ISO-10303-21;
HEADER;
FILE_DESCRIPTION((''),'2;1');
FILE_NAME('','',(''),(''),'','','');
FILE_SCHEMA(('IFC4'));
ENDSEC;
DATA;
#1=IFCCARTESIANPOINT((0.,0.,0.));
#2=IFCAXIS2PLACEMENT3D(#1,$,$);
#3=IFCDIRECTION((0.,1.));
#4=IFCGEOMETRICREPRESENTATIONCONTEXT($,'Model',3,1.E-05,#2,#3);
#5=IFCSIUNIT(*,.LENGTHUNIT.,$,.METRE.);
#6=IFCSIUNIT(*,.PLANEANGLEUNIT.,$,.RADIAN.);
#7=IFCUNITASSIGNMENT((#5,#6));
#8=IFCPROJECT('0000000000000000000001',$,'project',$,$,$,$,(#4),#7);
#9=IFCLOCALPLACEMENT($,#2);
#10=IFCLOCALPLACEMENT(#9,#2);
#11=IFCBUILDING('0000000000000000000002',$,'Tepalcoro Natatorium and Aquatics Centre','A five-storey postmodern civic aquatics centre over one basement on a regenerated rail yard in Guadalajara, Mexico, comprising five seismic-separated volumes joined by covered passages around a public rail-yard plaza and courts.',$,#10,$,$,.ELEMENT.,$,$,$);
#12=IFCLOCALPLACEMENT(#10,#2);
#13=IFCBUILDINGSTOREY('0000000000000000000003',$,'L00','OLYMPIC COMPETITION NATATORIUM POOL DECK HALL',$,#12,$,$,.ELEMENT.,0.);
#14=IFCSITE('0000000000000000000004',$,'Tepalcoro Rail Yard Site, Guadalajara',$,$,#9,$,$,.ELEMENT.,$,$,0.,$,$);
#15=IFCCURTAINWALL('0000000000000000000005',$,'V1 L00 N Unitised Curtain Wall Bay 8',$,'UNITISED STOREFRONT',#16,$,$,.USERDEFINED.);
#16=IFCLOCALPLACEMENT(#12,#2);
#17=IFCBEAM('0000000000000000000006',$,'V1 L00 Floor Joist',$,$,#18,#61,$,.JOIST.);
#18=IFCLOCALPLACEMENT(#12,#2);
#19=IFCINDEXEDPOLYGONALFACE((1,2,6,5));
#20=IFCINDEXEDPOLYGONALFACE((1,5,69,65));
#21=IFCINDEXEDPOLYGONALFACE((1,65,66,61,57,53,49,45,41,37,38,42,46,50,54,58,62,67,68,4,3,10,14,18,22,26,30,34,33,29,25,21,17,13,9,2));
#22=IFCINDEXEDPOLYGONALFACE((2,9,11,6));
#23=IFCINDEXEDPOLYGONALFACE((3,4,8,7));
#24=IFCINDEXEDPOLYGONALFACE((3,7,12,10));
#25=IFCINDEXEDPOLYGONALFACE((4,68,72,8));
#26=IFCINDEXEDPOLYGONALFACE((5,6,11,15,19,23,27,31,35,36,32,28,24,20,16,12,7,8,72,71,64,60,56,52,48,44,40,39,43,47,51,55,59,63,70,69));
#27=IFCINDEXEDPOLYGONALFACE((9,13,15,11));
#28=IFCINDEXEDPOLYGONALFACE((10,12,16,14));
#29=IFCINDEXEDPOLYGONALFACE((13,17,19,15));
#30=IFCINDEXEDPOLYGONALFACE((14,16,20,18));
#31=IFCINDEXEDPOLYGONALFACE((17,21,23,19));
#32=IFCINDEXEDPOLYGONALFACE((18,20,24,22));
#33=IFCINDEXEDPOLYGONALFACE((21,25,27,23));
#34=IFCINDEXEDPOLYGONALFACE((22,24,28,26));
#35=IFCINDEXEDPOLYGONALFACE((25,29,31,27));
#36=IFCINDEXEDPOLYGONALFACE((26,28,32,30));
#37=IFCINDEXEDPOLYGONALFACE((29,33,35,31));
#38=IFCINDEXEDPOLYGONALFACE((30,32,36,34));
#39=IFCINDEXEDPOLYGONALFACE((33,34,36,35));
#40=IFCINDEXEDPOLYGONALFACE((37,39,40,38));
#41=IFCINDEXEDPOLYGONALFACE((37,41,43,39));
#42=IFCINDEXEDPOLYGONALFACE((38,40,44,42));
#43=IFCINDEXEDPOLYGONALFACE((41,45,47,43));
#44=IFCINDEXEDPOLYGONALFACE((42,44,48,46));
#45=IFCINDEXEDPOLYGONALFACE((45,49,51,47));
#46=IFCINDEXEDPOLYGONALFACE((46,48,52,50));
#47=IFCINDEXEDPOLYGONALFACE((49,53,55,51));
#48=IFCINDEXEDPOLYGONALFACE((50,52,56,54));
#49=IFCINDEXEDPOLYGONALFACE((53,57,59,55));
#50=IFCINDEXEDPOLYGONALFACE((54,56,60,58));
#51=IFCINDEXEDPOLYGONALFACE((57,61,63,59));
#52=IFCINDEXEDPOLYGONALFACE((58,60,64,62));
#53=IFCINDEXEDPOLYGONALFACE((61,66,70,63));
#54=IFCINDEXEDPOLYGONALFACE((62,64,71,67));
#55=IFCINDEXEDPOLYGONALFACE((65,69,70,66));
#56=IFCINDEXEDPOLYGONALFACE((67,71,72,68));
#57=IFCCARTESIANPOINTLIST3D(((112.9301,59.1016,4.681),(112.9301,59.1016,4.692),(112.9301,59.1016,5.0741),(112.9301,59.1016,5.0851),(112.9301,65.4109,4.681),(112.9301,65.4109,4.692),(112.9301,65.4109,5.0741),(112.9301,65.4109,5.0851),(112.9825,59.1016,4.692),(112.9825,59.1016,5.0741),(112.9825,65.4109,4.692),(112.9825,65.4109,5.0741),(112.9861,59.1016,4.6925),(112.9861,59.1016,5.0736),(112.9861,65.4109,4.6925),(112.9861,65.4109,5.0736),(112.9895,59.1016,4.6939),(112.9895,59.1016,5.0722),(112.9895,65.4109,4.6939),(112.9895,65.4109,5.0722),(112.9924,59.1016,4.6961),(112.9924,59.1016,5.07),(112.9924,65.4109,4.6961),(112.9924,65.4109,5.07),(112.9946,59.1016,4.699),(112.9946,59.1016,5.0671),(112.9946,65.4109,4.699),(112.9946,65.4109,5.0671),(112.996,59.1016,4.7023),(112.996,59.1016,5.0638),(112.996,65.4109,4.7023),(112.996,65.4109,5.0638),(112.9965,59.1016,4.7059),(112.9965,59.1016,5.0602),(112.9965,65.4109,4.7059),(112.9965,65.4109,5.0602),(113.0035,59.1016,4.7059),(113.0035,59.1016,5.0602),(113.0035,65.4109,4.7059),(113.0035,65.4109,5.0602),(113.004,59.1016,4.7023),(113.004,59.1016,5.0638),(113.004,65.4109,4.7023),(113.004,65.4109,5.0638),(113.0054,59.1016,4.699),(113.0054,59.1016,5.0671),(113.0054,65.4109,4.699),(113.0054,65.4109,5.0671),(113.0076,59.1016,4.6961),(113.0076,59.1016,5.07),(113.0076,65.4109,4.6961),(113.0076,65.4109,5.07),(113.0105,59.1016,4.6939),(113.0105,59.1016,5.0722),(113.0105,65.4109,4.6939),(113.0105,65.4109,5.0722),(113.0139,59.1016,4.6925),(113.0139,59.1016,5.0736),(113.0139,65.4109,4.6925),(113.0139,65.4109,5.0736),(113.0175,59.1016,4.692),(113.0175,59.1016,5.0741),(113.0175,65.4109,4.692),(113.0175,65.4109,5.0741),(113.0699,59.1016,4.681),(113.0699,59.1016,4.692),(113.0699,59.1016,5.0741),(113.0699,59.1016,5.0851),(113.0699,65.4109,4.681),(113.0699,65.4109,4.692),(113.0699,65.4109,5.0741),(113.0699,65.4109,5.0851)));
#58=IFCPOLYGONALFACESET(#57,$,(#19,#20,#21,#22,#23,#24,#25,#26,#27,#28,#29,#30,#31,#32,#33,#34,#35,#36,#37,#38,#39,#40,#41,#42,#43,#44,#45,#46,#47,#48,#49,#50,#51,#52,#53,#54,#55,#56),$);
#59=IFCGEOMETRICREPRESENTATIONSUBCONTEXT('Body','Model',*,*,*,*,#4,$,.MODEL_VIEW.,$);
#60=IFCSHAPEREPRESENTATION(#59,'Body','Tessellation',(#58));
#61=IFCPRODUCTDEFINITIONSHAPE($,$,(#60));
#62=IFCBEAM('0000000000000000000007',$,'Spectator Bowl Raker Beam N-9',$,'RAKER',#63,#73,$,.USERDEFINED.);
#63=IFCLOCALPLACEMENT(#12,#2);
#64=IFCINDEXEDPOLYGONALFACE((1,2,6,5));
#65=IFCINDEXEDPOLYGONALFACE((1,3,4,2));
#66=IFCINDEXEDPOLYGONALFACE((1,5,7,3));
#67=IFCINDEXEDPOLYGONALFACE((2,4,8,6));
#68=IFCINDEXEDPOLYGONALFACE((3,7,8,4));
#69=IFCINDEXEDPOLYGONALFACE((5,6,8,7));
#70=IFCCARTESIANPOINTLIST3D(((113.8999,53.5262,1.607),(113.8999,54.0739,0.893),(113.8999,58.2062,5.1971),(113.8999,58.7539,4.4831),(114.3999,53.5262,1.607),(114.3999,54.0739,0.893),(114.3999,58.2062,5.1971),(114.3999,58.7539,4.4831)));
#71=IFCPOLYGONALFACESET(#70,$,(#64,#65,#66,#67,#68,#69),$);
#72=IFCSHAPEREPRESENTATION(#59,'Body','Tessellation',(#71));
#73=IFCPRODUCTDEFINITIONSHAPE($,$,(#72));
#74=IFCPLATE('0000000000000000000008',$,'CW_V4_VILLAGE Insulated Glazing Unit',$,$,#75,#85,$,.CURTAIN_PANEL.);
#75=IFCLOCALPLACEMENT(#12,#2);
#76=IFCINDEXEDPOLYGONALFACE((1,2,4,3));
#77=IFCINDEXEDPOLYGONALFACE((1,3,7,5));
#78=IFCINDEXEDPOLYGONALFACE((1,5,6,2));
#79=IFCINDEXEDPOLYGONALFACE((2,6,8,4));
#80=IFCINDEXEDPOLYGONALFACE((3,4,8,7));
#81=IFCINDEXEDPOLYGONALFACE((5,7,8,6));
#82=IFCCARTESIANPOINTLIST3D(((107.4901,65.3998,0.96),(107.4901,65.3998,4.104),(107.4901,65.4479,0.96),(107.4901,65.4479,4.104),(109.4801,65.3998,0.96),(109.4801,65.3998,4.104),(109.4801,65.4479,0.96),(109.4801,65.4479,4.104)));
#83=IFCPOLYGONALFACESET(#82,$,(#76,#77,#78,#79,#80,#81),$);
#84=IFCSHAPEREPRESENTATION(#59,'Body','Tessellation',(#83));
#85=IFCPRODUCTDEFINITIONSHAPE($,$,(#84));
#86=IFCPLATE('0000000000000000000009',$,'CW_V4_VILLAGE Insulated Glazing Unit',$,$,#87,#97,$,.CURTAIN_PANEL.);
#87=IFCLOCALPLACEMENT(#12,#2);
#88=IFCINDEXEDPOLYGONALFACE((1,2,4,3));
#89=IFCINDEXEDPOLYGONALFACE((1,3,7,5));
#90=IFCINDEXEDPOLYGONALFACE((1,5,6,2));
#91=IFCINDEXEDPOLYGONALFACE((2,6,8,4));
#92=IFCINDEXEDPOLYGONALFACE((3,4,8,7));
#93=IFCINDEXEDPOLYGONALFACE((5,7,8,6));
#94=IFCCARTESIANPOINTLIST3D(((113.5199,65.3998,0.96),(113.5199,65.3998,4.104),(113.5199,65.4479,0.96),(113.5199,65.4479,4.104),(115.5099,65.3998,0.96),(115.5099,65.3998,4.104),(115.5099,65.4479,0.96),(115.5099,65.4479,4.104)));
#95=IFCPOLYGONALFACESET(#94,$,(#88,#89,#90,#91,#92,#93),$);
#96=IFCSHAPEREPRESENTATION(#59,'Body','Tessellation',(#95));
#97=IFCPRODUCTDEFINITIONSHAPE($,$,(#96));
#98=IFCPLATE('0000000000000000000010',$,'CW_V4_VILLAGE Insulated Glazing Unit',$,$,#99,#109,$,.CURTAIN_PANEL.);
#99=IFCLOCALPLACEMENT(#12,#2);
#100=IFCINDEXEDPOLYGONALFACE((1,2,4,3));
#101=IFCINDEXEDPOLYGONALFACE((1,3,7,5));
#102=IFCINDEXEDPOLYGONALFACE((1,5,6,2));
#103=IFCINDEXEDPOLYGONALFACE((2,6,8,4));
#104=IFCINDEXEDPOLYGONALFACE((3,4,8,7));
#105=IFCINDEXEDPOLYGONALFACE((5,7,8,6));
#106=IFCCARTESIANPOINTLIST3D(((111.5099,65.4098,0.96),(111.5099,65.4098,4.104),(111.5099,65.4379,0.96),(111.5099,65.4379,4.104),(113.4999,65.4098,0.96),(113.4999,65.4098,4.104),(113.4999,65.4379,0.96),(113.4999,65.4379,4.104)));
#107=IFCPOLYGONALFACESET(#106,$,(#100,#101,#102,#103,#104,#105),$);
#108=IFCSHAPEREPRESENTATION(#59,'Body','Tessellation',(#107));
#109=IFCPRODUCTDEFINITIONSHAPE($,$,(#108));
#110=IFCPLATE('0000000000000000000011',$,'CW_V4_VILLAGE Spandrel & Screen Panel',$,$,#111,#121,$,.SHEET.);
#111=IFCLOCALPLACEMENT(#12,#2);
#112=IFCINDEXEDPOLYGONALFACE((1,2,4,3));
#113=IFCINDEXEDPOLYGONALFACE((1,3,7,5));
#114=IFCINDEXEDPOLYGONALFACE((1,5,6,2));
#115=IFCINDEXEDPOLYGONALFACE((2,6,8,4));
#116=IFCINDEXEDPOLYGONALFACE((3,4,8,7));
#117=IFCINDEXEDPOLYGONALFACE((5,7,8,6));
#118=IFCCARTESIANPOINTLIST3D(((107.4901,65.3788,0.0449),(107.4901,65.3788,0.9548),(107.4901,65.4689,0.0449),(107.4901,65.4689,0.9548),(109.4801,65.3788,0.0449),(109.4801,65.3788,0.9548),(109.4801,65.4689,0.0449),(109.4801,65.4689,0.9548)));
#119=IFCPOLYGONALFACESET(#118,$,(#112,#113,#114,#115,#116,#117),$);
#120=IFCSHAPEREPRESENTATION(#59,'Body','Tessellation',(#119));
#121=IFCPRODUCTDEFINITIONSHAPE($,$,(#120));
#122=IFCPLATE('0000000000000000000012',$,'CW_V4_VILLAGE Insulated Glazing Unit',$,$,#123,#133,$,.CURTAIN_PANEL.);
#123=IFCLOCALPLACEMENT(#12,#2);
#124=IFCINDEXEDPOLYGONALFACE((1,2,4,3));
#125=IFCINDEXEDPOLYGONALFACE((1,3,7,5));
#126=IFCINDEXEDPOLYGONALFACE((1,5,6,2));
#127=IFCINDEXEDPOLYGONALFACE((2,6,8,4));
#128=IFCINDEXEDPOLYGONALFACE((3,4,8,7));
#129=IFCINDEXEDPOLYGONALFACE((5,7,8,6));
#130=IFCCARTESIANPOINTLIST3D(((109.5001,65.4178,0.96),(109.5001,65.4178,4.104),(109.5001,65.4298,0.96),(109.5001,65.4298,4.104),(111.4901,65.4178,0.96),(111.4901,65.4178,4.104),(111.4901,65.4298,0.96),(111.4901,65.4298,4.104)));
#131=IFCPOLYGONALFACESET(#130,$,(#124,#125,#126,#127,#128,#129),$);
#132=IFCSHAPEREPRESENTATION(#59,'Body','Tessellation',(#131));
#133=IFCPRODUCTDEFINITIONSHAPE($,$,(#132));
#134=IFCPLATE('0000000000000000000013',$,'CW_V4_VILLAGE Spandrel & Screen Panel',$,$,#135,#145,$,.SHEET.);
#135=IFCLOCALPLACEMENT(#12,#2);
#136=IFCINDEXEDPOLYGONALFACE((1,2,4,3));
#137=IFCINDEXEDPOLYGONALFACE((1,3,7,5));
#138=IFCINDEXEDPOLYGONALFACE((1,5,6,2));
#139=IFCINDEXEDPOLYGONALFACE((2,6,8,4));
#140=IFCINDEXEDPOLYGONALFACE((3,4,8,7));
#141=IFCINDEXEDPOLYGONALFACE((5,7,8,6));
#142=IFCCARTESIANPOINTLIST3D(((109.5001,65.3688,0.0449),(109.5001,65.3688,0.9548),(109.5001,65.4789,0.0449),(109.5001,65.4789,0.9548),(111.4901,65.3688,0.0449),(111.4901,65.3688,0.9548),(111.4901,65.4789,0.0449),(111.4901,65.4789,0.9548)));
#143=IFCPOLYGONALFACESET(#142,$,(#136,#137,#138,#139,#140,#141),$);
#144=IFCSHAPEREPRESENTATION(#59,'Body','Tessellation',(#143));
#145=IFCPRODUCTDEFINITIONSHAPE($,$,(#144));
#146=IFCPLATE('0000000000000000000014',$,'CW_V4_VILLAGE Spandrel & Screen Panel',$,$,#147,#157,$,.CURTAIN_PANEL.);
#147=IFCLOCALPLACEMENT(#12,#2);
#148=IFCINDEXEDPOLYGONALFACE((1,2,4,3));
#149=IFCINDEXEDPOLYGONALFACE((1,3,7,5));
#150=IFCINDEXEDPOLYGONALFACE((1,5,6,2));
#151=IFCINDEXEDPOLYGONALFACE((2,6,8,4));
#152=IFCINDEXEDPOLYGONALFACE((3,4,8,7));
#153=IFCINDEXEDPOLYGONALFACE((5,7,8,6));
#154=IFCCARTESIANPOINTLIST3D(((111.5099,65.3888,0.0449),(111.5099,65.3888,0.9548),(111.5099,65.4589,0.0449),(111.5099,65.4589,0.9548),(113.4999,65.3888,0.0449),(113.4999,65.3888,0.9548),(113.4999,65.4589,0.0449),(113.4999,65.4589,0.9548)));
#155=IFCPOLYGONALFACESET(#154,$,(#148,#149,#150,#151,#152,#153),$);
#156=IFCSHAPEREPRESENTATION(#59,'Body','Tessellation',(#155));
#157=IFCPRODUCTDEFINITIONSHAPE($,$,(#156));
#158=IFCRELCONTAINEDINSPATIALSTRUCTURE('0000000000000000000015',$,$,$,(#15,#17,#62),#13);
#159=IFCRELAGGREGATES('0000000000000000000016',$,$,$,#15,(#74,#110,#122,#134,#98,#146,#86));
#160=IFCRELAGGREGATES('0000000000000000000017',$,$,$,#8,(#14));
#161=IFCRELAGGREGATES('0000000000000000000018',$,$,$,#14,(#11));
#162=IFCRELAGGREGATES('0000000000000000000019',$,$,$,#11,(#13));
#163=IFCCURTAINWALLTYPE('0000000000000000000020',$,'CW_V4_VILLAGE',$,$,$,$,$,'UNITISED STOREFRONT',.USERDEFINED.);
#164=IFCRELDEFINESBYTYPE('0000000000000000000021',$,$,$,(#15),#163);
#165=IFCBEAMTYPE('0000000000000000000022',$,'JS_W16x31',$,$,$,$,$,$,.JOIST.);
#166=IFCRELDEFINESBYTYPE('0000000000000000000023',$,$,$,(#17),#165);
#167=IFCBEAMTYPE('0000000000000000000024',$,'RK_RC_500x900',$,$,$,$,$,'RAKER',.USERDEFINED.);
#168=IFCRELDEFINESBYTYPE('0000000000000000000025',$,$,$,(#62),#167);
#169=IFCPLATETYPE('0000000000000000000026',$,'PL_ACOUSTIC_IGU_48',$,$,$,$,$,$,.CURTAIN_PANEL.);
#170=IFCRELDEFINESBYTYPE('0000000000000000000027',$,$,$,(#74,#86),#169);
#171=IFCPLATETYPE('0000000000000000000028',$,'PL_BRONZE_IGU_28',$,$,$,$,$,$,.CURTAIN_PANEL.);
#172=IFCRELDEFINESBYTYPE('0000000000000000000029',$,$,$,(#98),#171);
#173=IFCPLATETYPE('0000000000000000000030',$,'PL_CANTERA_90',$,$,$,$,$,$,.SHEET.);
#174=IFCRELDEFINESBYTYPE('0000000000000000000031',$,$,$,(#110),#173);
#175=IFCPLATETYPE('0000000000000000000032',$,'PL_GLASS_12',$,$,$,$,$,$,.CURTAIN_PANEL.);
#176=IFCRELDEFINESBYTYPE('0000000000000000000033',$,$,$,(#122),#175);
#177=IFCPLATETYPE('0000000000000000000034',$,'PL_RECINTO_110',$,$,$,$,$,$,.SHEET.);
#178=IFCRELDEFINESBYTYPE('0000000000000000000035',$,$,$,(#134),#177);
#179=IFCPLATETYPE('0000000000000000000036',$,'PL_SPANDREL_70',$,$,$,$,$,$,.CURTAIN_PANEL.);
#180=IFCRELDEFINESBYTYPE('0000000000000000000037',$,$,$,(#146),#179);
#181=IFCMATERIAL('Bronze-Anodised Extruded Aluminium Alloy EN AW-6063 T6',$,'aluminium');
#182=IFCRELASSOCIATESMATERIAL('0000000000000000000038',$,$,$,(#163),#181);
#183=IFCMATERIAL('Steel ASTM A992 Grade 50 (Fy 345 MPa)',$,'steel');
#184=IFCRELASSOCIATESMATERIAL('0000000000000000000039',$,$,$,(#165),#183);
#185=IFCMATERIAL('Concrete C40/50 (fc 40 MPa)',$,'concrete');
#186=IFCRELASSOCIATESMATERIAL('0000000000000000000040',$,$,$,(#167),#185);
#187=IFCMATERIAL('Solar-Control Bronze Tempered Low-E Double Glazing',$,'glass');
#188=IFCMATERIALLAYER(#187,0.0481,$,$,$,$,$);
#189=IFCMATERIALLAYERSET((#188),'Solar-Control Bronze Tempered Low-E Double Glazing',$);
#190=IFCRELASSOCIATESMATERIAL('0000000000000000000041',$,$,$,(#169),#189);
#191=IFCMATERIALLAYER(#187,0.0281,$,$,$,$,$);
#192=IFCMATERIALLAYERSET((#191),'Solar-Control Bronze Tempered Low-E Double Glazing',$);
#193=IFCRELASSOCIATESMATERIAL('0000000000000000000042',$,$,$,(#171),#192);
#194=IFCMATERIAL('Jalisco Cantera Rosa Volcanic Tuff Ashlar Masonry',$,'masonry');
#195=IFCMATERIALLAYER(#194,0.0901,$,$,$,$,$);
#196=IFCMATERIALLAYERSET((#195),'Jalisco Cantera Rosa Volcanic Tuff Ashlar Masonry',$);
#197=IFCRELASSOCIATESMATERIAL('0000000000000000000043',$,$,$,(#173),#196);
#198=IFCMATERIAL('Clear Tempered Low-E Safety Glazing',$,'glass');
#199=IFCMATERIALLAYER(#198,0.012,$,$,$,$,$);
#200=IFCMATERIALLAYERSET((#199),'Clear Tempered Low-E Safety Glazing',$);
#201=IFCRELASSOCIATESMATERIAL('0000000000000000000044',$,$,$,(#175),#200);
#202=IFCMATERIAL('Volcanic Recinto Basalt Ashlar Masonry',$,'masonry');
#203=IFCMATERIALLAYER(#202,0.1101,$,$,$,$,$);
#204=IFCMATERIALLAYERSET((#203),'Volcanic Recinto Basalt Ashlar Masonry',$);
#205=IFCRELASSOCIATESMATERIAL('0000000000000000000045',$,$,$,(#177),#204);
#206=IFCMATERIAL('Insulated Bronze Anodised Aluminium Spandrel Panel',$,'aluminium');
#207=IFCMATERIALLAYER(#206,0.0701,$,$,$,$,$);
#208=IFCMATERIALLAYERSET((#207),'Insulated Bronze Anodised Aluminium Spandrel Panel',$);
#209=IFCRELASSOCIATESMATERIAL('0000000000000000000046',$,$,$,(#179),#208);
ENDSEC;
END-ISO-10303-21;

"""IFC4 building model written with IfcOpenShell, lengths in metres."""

from ifc_helpers import new_model, si_unit, direction, frame, origin, origin_2d, place, context, subcontext, project, spatial, rectangle, i_section, extrude, material, layer, layer_set, material_profile, profile_set, type_object, element, aggregate, save


model = new_model("IFC4")

# Units and contexts
model_context = context("Model", 3, precision=1e-05, world=origin(), true_north=direction((0.0, 1.0)))
body_context = subcontext(model_context, "Body", "Model", "MODEL_VIEW")
ifc_project = project(units=[si_unit("LENGTHUNIT", "METRE"), si_unit("PLANEANGLEUNIT", "RADIAN")], contexts=[model_context])

# Site, building, storey
site_placement = place(None, origin())
site = spatial("IfcSite", under=ifc_project, at=site_placement, Name="Tepalcoro Rail Yard Site, Guadalajara", CompositionType="ELEMENT", RefElevation=0.0)
building_placement = place(site_placement, origin())
building = spatial("IfcBuilding", under=site, at=building_placement, Name="Tepalcoro Natatorium and Aquatics Centre", Description="A five-storey postmodern civic aquatics centre over one basement on a regenerated rail yard in Guadalajara, Mexico, comprising five seismic-separated volumes joined by covered passages around a public rail-yard plaza and courts.", CompositionType="ELEMENT")
storey_placement = place(building_placement, origin())
storey = spatial("IfcBuildingStorey", under=building, at=storey_placement, Name="L00", Description="OLYMPIC COMPETITION NATATORIUM POOL DECK HALL", CompositionType="ELEMENT", Elevation=0.0)

# Shared definitions
ifc_material_1 = material(Name="Concrete C40/50 (fc 40 MPa)", Category="concrete")

# Shared definitions
ifc_material_2 = material(Name="Steel ASTM A992 Grade 50 (Fy 345 MPa)", Category="steel")

# Curtain wall
ifc_material_3 = material(Name="Bronze-Anodised Extruded Aluminium Alloy EN AW-6063 T6", Category="aluminium")
curtain_wall_type = type_object("IfcCurtainWallType", Name="CW_V4_VILLAGE", ElementType="UNITISED STOREFRONT", PredefinedType="USERDEFINED", material=ifc_material_3)
curtain_wall_placement = place(storey_placement, origin())
curtain_wall = element("IfcCurtainWall", 1, at=curtain_wall_placement, inside=storey, type_object=curtain_wall_type, Name="V1 L00 N Unitised Curtain Wall Bay 8", ObjectType="UNITISED STOREFRONT", PredefinedType="USERDEFINED")

# Beams
ifc_material_profile_1 = material_profile(ifc_material_2, i_section(OverallWidth=0.1399, OverallDepth=0.4041, WebThickness=0.0071, FlangeThickness=0.011, FilletRadius=0.0139, at=origin_2d()), Name="W16X31")
ifc_profile_set_1 = profile_set([ifc_material_profile_1], Name="Steel ASTM A992 Grade 50 (Fy 345 MPa)")
beam_type_1 = type_object("IfcBeamType", Name="JS_W16x31", PredefinedType="JOIST", material=ifc_profile_set_1)
beam_1_placement = place(storey_placement, frame((113.0, 59.1016, 4.8831), z_axis=(0.0, 1.0, 0.0), x_axis=(-1.0, 0.0, 0.0)))
element("IfcBeam", 2, at=beam_1_placement, inside=storey, type_object=beam_type_1, Name="V1 L00 Floor Joist", PredefinedType="JOIST", context=body_context, shape_type="SweptSolid", body=[
    extrude(i_section(OverallWidth=0.1399, OverallDepth=0.4041, WebThickness=0.0071, FlangeThickness=0.011, FilletRadius=0.0139, at=origin_2d()), origin(), (0.0, 0.0, 1.0), 6.3093),
])
ifc_material_profile_2 = material_profile(ifc_material_1, rectangle(XDim=0.5, YDim=0.8999, at=origin_2d()), Name="RKR500x900")
ifc_profile_set_2 = profile_set([ifc_material_profile_2], Name="Concrete C40/50 (fc 40 MPa)")
beam_type_2 = type_object("IfcBeamType", Name="RK_RC_500x900", ElementType="RAKER", PredefinedType="USERDEFINED", material=ifc_profile_set_2)
beam_2_placement = place(storey_placement, frame((114.1499, 53.8, 1.25), z_axis=(0.0, 0.793431, 0.60866), x_axis=(-1.0, 0.0, 0.0)))
element("IfcBeam", 3, at=beam_2_placement, inside=storey, type_object=beam_type_2, Name="Spectator Bowl Raker Beam N-9", ObjectType="RAKER", PredefinedType="USERDEFINED", context=body_context, shape_type="SweptSolid", body=[
    extrude(rectangle(XDim=0.5, YDim=0.8999, at=origin_2d()), origin(), (0.0, 0.0, 1.0), 5.8984),
])

# Plates
ifc_material_4 = material(Name="Solar-Control Bronze Tempered Low-E Double Glazing", Category="glass")
ifc_layer_1 = layer(ifc_material_4, 0.0481)
ifc_layer_set_1 = layer_set([ifc_layer_1], Name="Solar-Control Bronze Tempered Low-E Double Glazing")
plate_type_1 = type_object("IfcPlateType", Name="PL_ACOUSTIC_IGU_48", PredefinedType="CURTAIN_PANEL", material=ifc_layer_set_1)
plate_1_placement = place(storey_placement, frame((108.4851, 65.4238, 0.96), z_axis=(0.0, 0.0, 1.0), x_axis=(1.0, 0.0, 0.0)))
plate_1 = element("IfcPlate", 4, at=plate_1_placement, type_object=plate_type_1, Name="CW_V4_VILLAGE Insulated Glazing Unit", PredefinedType="CURTAIN_PANEL", context=body_context, shape_type="SweptSolid", body=[
    extrude(rectangle(XDim=1.99, YDim=0.0481, at=origin_2d()), origin(), (0.0, 0.0, 1.0), 3.144),
])
plate_2_placement = place(storey_placement, frame((114.5149, 65.4238, 0.96), z_axis=(0.0, 0.0, 1.0), x_axis=(1.0, 0.0, 0.0)))
plate_2 = element("IfcPlate", 5, at=plate_2_placement, type_object=plate_type_1, Name="CW_V4_VILLAGE Insulated Glazing Unit", PredefinedType="CURTAIN_PANEL", context=body_context, shape_type="SweptSolid", body=[
    extrude(rectangle(XDim=1.99, YDim=0.0481, at=origin_2d()), origin(), (0.0, 0.0, 1.0), 3.144),
])
ifc_layer_2 = layer(ifc_material_4, 0.0281)
ifc_layer_set_2 = layer_set([ifc_layer_2], Name="Solar-Control Bronze Tempered Low-E Double Glazing")
plate_type_2 = type_object("IfcPlateType", Name="PL_BRONZE_IGU_28", PredefinedType="CURTAIN_PANEL", material=ifc_layer_set_2)
plate_3_placement = place(storey_placement, frame((112.5049, 65.4238, 0.96), z_axis=(0.0, 0.0, 1.0), x_axis=(1.0, 0.0, 0.0)))
plate_3 = element("IfcPlate", 6, at=plate_3_placement, type_object=plate_type_2, Name="CW_V4_VILLAGE Insulated Glazing Unit", PredefinedType="CURTAIN_PANEL", context=body_context, shape_type="SweptSolid", body=[
    extrude(rectangle(XDim=1.99, YDim=0.0281, at=origin_2d()), origin(), (0.0, 0.0, 1.0), 3.144),
])
ifc_material_5 = material(Name="Jalisco Cantera Rosa Volcanic Tuff Ashlar Masonry", Category="masonry")
ifc_layer_3 = layer(ifc_material_5, 0.0901)
ifc_layer_set_3 = layer_set([ifc_layer_3], Name="Jalisco Cantera Rosa Volcanic Tuff Ashlar Masonry")
plate_type_3 = type_object("IfcPlateType", Name="PL_CANTERA_90", PredefinedType="SHEET", material=ifc_layer_set_3)
plate_4_placement = place(storey_placement, frame((108.4851, 65.4238, 0.0449), z_axis=(0.0, 0.0, 1.0), x_axis=(1.0, 0.0, 0.0)))
plate_4 = element("IfcPlate", 7, at=plate_4_placement, type_object=plate_type_3, Name="CW_V4_VILLAGE Spandrel & Screen Panel", PredefinedType="SHEET", context=body_context, shape_type="SweptSolid", body=[
    extrude(rectangle(XDim=1.99, YDim=0.0901, at=origin_2d()), origin(), (0.0, 0.0, 1.0), 0.9099),
])
ifc_material_6 = material(Name="Clear Tempered Low-E Safety Glazing", Category="glass")
ifc_layer_4 = layer(ifc_material_6, 0.012)
ifc_layer_set_4 = layer_set([ifc_layer_4], Name="Clear Tempered Low-E Safety Glazing")
plate_type_4 = type_object("IfcPlateType", Name="PL_GLASS_12", PredefinedType="CURTAIN_PANEL", material=ifc_layer_set_4)
plate_5_placement = place(storey_placement, frame((110.4951, 65.4238, 0.96), z_axis=(0.0, 0.0, 1.0), x_axis=(1.0, 0.0, 0.0)))
plate_5 = element("IfcPlate", 8, at=plate_5_placement, type_object=plate_type_4, Name="CW_V4_VILLAGE Insulated Glazing Unit", PredefinedType="CURTAIN_PANEL", context=body_context, shape_type="SweptSolid", body=[
    extrude(rectangle(XDim=1.99, YDim=0.012, at=origin_2d()), origin(), (0.0, 0.0, 1.0), 3.144),
])
ifc_material_7 = material(Name="Volcanic Recinto Basalt Ashlar Masonry", Category="masonry")
ifc_layer_5 = layer(ifc_material_7, 0.1101)
ifc_layer_set_5 = layer_set([ifc_layer_5], Name="Volcanic Recinto Basalt Ashlar Masonry")
plate_type_5 = type_object("IfcPlateType", Name="PL_RECINTO_110", PredefinedType="SHEET", material=ifc_layer_set_5)
plate_6_placement = place(storey_placement, frame((110.4951, 65.4238, 0.0449), z_axis=(0.0, 0.0, 1.0), x_axis=(1.0, 0.0, 0.0)))
plate_6 = element("IfcPlate", 9, at=plate_6_placement, type_object=plate_type_5, Name="CW_V4_VILLAGE Spandrel & Screen Panel", PredefinedType="SHEET", context=body_context, shape_type="SweptSolid", body=[
    extrude(rectangle(XDim=1.99, YDim=0.1101, at=origin_2d()), origin(), (0.0, 0.0, 1.0), 0.9099),
])
ifc_material_8 = material(Name="Insulated Bronze Anodised Aluminium Spandrel Panel", Category="aluminium")
ifc_layer_6 = layer(ifc_material_8, 0.0701)
ifc_layer_set_6 = layer_set([ifc_layer_6], Name="Insulated Bronze Anodised Aluminium Spandrel Panel")
plate_type_6 = type_object("IfcPlateType", Name="PL_SPANDREL_70", PredefinedType="CURTAIN_PANEL", material=ifc_layer_set_6)
plate_7_placement = place(storey_placement, frame((112.5049, 65.4238, 0.0449), z_axis=(0.0, 0.0, 1.0), x_axis=(1.0, 0.0, 0.0)))
plate_7 = element("IfcPlate", 10, at=plate_7_placement, type_object=plate_type_6, Name="CW_V4_VILLAGE Spandrel & Screen Panel", PredefinedType="CURTAIN_PANEL", context=body_context, shape_type="SweptSolid", body=[
    extrude(rectangle(XDim=1.99, YDim=0.0701, at=origin_2d()), origin(), (0.0, 0.0, 1.0), 0.9099),
])
aggregate(curtain_wall, [plate_1, plate_4, plate_5, plate_6, plate_3, plate_7, plate_2])

save(model, "model.ifc")
